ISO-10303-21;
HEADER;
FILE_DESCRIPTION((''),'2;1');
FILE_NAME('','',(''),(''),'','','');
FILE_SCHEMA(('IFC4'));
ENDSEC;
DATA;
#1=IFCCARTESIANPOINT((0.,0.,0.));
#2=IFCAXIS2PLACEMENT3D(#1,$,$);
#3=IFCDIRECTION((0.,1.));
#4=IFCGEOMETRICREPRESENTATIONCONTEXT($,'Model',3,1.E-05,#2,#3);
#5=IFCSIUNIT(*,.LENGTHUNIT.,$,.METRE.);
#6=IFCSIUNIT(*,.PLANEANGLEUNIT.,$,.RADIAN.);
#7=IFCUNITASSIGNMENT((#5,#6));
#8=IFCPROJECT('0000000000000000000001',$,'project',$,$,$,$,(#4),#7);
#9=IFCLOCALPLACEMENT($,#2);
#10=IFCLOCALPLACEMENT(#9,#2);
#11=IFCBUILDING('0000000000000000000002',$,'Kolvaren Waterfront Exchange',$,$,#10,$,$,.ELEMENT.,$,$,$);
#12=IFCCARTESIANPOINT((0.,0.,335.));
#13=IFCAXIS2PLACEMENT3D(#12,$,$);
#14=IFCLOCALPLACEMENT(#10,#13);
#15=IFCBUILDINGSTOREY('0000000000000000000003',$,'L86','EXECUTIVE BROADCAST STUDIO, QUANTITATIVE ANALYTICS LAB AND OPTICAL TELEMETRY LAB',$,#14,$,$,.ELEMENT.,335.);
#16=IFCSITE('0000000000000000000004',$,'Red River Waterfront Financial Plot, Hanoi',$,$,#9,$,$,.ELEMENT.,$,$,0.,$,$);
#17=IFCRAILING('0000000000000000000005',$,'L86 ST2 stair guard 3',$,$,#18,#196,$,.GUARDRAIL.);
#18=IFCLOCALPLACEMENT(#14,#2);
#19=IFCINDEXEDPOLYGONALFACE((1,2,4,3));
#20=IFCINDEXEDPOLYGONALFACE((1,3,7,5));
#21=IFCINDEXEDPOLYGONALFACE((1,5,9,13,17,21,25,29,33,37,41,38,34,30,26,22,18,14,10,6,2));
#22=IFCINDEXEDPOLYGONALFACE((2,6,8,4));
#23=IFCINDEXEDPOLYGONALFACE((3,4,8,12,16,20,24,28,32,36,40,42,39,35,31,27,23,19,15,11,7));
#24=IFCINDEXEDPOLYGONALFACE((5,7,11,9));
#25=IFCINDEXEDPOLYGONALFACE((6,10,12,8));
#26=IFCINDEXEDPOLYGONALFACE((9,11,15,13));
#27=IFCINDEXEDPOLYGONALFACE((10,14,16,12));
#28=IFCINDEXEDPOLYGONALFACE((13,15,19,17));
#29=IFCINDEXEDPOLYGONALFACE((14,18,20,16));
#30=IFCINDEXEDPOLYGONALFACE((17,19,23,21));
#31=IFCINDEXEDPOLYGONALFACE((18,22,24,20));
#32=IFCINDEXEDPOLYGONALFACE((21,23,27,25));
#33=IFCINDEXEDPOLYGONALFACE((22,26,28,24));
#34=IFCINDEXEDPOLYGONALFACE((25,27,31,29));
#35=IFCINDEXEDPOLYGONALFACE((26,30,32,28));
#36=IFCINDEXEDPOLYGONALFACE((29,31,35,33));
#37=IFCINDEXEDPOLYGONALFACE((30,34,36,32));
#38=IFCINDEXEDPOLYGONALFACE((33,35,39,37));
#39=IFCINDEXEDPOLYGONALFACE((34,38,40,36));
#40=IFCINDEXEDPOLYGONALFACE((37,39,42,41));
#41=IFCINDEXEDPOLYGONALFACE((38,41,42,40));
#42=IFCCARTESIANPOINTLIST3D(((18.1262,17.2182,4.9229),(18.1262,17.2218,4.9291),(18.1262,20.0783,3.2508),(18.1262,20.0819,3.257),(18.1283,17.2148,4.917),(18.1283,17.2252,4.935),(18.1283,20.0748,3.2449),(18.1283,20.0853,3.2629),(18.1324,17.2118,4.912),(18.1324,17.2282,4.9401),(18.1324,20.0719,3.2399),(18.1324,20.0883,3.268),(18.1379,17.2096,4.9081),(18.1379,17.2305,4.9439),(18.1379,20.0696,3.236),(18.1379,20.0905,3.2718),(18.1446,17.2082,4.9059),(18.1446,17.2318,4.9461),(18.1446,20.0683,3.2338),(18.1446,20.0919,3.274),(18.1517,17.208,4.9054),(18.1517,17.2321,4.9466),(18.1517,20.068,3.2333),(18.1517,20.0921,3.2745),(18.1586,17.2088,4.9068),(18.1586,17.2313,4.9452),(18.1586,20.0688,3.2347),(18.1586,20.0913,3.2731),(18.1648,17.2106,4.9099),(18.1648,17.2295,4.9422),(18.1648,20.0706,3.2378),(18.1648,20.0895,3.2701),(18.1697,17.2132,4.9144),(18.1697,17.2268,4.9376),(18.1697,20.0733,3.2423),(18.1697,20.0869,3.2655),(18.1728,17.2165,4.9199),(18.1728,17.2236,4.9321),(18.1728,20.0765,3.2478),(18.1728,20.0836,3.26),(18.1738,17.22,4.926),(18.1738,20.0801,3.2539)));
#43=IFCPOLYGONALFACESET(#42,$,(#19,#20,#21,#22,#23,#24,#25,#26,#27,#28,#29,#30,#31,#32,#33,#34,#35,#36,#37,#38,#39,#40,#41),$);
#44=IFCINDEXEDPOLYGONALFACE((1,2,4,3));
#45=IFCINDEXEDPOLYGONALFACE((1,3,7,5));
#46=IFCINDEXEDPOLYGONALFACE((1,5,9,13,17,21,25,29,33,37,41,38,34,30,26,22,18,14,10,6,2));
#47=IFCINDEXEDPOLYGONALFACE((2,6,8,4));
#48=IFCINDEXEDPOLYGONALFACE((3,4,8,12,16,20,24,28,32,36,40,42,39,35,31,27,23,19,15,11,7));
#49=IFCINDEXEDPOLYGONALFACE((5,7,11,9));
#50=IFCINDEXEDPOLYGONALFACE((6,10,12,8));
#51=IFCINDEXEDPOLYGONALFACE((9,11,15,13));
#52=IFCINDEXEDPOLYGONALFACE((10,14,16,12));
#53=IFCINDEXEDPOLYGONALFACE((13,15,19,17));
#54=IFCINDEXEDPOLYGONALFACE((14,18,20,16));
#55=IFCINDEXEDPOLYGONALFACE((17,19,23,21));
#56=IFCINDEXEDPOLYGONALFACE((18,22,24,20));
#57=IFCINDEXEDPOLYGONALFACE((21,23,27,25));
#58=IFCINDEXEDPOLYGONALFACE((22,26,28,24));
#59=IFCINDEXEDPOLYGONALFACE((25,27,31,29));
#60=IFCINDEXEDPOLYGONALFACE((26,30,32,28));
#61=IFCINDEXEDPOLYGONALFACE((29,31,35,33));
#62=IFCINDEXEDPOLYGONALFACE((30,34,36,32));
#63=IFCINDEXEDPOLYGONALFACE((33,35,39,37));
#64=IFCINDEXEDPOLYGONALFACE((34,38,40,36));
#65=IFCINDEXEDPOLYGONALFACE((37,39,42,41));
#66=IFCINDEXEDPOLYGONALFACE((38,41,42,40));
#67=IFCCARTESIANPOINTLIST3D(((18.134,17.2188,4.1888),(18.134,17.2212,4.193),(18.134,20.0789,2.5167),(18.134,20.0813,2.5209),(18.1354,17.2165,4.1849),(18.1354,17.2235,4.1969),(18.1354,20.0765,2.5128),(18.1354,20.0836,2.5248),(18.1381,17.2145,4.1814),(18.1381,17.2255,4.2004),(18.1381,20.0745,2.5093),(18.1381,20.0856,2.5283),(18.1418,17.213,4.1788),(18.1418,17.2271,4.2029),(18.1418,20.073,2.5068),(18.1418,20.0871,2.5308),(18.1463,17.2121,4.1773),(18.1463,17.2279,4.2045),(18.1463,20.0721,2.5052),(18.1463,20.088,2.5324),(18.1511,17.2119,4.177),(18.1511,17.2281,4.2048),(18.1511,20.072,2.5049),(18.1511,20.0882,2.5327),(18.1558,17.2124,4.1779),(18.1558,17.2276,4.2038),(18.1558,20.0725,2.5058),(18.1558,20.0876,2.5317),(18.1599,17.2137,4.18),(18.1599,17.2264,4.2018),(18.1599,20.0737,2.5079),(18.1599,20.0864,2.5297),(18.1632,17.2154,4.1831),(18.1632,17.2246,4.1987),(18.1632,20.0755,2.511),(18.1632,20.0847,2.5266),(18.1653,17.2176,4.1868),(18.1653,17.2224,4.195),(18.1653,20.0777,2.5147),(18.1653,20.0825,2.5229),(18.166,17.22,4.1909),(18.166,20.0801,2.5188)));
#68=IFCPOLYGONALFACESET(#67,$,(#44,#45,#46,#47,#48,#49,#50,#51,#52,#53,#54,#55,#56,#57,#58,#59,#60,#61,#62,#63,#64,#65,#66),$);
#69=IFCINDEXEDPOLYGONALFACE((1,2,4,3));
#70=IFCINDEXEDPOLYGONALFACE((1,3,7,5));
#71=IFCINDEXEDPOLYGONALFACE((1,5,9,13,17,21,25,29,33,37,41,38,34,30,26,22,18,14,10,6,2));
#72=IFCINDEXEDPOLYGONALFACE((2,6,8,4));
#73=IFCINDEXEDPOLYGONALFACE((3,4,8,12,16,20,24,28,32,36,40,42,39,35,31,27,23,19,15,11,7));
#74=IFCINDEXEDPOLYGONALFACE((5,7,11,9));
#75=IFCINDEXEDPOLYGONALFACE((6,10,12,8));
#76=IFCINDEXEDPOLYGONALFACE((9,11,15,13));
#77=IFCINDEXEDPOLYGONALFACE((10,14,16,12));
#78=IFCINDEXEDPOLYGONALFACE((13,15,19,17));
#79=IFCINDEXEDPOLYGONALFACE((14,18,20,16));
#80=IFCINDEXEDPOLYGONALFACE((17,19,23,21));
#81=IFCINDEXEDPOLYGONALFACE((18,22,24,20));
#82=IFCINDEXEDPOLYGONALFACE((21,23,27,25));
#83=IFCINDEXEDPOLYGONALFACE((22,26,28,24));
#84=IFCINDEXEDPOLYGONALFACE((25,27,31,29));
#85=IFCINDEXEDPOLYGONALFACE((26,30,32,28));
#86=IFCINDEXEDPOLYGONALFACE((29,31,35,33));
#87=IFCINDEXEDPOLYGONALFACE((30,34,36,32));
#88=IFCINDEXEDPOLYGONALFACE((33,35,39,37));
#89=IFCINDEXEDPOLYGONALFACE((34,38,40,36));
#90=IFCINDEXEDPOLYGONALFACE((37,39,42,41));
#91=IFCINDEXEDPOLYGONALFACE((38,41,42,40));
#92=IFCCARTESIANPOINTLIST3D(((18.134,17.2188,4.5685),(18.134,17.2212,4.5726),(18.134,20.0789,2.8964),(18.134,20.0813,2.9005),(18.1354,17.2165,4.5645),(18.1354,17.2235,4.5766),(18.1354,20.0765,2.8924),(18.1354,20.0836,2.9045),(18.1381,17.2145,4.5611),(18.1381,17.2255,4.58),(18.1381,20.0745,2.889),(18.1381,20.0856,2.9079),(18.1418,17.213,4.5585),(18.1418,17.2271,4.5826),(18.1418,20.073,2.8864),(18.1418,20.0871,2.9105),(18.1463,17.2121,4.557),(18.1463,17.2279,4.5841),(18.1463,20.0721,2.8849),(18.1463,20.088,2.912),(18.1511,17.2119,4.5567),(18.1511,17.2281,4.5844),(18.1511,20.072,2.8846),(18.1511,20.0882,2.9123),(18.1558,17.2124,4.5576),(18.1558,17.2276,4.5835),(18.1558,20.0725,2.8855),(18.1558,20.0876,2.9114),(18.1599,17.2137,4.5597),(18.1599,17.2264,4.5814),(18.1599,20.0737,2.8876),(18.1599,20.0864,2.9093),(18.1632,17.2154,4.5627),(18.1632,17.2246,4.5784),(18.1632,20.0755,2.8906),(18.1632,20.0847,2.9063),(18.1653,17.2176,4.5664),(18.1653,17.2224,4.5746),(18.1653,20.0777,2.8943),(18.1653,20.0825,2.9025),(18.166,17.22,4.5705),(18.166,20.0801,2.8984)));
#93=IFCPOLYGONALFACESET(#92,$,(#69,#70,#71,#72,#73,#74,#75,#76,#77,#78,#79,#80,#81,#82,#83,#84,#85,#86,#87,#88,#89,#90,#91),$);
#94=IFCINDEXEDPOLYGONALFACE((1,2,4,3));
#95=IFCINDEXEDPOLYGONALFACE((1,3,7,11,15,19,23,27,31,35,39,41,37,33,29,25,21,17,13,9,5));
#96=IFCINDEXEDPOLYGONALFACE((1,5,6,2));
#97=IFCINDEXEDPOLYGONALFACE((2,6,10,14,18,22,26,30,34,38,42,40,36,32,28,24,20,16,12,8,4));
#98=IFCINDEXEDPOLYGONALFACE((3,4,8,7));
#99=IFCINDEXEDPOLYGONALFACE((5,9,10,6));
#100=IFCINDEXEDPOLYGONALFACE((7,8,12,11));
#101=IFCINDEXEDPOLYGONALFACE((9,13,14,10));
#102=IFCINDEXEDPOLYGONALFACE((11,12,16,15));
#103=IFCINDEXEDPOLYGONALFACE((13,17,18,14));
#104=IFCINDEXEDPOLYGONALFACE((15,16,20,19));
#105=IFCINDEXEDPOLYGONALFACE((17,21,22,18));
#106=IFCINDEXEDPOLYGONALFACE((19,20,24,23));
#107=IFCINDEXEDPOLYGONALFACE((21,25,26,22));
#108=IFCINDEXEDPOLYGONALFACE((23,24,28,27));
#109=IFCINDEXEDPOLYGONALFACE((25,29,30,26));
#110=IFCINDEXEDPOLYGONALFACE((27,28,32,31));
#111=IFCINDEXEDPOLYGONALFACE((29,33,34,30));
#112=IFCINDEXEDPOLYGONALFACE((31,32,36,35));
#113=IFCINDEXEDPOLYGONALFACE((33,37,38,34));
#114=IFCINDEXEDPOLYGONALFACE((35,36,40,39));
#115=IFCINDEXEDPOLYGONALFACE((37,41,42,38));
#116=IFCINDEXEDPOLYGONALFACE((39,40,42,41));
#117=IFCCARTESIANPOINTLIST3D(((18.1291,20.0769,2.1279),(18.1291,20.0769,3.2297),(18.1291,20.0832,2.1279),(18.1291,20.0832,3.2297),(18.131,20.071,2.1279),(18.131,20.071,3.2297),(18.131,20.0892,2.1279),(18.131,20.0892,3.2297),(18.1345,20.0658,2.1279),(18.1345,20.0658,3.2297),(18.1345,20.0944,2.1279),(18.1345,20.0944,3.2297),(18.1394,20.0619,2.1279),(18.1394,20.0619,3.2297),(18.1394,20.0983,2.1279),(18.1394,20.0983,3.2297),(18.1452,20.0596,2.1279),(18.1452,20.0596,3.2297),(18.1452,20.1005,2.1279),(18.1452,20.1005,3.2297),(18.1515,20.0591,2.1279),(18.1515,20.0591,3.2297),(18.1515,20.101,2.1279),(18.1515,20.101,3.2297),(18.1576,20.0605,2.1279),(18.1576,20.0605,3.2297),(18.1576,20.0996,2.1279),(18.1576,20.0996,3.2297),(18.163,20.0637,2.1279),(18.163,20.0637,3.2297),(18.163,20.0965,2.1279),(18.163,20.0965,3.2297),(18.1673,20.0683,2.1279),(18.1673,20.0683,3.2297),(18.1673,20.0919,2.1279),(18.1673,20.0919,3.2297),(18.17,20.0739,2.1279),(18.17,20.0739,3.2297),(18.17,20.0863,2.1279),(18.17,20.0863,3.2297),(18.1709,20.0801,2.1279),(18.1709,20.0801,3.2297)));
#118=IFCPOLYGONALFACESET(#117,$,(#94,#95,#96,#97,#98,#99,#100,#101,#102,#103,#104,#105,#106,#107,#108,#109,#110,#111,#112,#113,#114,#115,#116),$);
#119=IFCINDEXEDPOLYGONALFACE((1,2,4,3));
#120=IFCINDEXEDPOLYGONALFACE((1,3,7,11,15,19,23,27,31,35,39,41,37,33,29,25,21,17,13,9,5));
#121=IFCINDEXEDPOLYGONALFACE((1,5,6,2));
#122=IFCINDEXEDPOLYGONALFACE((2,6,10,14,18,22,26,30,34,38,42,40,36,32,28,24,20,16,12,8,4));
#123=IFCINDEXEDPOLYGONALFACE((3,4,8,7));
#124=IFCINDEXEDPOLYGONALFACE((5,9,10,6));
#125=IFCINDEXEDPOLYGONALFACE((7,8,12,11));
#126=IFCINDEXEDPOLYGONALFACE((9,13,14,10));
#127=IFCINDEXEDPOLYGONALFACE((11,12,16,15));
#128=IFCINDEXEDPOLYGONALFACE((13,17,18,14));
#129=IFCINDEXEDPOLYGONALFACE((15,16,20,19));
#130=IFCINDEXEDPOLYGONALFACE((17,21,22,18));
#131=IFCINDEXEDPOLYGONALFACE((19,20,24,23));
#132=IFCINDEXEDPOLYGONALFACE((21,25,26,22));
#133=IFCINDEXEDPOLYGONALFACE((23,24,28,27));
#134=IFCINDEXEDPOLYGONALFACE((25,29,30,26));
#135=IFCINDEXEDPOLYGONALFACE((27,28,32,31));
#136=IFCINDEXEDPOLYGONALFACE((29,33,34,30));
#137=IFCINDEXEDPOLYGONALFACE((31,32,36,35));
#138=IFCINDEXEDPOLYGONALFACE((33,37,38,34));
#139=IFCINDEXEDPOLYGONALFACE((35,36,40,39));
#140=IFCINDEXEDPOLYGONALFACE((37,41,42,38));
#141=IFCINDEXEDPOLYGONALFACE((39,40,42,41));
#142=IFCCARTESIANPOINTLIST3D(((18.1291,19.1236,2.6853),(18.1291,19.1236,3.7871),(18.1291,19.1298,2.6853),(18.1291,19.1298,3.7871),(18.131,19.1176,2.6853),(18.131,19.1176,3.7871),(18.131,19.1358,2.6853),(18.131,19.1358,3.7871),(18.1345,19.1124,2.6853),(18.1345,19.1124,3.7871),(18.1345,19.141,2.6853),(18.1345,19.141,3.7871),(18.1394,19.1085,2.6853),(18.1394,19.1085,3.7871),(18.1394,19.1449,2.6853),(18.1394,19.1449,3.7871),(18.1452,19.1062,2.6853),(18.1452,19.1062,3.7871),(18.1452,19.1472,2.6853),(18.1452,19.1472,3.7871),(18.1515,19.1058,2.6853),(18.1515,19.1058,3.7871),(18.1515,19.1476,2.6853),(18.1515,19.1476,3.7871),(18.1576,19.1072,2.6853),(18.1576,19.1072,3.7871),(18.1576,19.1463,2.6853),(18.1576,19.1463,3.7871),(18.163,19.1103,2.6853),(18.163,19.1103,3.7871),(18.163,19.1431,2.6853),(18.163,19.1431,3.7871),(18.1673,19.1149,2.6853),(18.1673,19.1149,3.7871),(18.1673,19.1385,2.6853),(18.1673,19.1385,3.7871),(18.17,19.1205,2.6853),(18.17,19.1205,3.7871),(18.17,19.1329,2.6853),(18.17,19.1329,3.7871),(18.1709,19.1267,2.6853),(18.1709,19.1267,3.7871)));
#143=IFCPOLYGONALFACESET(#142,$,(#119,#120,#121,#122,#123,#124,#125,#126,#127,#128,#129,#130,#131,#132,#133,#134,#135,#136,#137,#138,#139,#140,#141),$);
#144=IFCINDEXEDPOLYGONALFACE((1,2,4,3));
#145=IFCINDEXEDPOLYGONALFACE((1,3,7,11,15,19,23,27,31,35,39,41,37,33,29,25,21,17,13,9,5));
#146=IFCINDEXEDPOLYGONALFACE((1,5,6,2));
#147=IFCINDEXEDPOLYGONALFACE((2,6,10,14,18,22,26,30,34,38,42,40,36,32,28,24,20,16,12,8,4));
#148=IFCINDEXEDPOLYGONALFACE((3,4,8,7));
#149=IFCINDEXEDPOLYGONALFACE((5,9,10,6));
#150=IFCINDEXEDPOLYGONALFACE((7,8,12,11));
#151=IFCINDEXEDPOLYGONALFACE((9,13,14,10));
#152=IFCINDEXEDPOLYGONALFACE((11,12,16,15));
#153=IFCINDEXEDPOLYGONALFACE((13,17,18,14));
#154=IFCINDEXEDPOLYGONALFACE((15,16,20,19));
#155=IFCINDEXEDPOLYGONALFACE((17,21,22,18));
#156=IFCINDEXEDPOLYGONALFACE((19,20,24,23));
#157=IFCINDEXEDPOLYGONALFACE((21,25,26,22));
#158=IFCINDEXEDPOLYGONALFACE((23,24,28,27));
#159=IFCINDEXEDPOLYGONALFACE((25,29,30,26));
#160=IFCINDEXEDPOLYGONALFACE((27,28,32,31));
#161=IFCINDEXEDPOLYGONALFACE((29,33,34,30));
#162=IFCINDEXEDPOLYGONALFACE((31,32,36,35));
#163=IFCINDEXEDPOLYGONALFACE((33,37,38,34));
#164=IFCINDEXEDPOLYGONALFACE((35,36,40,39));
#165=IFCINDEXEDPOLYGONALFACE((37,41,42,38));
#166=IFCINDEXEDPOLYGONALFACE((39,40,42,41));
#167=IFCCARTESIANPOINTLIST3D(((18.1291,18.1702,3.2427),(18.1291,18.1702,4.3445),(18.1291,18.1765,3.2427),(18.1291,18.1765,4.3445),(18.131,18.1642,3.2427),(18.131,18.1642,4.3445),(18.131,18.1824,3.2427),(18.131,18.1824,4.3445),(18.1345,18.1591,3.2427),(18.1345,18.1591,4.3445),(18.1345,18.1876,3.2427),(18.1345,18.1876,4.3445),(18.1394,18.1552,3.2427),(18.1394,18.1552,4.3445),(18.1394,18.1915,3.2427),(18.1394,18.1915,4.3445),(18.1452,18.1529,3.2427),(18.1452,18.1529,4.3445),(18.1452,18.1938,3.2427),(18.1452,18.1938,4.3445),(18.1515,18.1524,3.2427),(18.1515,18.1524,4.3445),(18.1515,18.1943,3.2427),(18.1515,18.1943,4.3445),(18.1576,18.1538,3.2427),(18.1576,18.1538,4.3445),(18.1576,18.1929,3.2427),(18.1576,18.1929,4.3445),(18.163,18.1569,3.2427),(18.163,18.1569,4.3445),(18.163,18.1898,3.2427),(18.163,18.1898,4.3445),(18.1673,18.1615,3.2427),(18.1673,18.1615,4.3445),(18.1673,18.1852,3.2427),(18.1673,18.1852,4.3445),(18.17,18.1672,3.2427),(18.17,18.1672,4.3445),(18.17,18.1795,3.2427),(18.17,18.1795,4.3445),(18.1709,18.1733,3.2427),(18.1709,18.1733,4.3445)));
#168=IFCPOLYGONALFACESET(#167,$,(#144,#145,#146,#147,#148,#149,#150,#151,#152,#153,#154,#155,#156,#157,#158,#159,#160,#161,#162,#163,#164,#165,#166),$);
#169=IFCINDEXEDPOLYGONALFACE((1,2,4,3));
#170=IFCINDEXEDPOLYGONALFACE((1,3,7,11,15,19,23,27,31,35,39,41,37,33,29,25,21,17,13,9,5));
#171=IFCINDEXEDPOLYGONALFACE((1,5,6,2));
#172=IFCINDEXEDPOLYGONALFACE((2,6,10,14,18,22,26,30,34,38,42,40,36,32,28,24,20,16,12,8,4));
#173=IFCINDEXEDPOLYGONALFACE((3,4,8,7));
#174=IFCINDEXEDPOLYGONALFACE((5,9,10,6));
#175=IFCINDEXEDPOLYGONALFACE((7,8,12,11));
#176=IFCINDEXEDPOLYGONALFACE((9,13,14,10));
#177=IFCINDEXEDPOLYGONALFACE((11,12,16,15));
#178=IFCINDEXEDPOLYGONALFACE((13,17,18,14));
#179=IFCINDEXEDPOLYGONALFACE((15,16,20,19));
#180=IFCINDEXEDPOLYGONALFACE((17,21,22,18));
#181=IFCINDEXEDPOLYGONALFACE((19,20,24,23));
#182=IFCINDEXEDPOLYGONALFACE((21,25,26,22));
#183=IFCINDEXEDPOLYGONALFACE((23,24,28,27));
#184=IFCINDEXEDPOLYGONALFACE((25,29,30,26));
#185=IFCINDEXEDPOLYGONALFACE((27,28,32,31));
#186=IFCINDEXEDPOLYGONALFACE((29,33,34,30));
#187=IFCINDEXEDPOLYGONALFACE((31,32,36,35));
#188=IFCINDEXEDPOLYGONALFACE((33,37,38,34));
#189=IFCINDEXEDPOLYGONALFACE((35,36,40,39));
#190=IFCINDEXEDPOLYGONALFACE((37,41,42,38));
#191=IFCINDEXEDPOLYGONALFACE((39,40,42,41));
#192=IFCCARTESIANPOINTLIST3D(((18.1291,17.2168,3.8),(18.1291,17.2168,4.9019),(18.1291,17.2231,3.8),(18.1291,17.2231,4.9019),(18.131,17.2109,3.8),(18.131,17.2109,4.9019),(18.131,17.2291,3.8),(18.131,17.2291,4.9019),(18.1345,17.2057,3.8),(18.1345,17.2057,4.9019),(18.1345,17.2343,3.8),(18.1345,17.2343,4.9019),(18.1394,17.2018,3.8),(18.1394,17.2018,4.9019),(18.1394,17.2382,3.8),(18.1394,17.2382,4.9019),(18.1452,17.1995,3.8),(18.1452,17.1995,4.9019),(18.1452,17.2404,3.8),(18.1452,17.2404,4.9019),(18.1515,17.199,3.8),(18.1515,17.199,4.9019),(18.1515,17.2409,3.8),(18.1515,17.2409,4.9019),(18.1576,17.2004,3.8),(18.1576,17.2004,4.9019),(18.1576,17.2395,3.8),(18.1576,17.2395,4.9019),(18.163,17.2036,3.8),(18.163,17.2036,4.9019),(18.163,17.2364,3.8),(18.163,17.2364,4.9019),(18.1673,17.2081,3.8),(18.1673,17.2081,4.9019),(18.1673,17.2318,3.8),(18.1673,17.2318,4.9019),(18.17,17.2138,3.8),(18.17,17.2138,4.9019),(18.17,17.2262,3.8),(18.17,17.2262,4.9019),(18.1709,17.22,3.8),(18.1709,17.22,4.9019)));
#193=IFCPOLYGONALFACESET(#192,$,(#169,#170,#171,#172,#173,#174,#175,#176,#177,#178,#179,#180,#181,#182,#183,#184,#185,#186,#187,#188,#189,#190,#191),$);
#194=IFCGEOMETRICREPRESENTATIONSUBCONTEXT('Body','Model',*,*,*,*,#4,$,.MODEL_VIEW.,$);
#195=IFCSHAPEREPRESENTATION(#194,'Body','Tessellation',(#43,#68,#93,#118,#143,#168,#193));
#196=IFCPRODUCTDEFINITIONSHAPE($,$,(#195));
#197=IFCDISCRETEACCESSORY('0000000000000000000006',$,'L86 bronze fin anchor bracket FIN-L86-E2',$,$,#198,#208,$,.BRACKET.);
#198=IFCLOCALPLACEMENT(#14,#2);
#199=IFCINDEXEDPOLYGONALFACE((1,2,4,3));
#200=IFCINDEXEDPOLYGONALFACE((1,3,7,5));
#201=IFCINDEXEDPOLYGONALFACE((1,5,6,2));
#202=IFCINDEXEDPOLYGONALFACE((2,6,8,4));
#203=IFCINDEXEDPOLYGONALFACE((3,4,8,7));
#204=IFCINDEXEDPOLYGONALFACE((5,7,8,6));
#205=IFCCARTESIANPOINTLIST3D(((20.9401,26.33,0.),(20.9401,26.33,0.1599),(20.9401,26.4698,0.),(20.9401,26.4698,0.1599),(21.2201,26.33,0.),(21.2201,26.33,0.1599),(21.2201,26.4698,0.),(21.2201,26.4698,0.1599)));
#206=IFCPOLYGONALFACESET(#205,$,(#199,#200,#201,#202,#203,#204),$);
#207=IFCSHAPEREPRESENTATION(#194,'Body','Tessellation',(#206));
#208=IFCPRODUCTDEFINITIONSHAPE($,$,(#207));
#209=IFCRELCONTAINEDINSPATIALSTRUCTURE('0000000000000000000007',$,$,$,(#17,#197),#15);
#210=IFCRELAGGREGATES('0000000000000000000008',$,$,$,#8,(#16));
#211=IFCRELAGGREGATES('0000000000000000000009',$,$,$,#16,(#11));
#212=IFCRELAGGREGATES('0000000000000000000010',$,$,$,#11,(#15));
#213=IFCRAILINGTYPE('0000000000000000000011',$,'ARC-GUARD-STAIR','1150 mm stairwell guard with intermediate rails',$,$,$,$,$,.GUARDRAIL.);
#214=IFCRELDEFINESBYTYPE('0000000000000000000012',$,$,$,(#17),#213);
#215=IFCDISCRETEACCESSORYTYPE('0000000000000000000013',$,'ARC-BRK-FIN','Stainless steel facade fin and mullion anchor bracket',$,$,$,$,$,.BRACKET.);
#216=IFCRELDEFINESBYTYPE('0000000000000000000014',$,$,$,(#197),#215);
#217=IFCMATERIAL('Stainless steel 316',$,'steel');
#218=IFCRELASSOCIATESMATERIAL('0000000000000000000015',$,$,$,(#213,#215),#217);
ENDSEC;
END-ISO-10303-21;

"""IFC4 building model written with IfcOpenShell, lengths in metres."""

from ifc_helpers import new_model, si_unit, direction, frame, origin, origin_with_axes, origin_2d, place, context, subcontext, project, spatial, rectangle, circle, extrude, source, transform, mapped, material, type_object, element, save


model = new_model("IFC4")

# Units and contexts
model_context = context("Model", 3, precision=1e-05, world=origin(), true_north=direction((0.0, 1.0)))
body_context = subcontext(model_context, "Body", "Model", "MODEL_VIEW")
ifc_project = project(units=[si_unit("LENGTHUNIT", "METRE"), si_unit("PLANEANGLEUNIT", "RADIAN")], contexts=[model_context])

# Site, building, storey
site_placement = place(None, origin())
site = spatial("IfcSite", under=ifc_project, at=site_placement, Name="Red River Waterfront Financial Plot, Hanoi", CompositionType="ELEMENT", RefElevation=0.0)
building_placement = place(site_placement, origin())
building = spatial("IfcBuilding", under=site, at=building_placement, Name="Kolvaren Waterfront Exchange", CompositionType="ELEMENT")
storey_placement = place(building_placement, frame((0.0, 0.0, 335.0)))
storey = spatial("IfcBuildingStorey", under=building, at=storey_placement, Name="L86", Description="EXECUTIVE BROADCAST STUDIO, QUANTITATIVE ANALYTICS LAB AND OPTICAL TELEMETRY LAB", CompositionType="ELEMENT", Elevation=335.0)

# Railing
ifc_material_1 = material(Name="Stainless steel 316", Category="steel")
railing_type = type_object("IfcRailingType", Name="ARC-GUARD-STAIR", Description="1150 mm stairwell guard with intermediate rails", PredefinedType="GUARDRAIL", material=ifc_material_1)
railing_1_placement = place(storey_placement, frame((18.1499, 20.0801, 2.1279)))
element("IfcRailing", 1, at=railing_1_placement, inside=storey, type_object=railing_type, Name="L86 ST2 stair guard 3", PredefinedType="GUARDRAIL", context=body_context, shape_type="SweptSolid", body=[
    extrude(circle(Radius=0.0239, at=origin_2d()), frame((0.0, 0.0, 1.126), z_axis=(0.0, -0.863289, 0.504709), x_axis=(1.0, 0.0, 0.0)), (0.0, 0.0, 1.0), 3.313),
    extrude(circle(Radius=0.0161, at=origin_2d()), frame((0.0, 0.0, 0.3909), z_axis=(0.0, -0.863289, 0.504709), x_axis=(1.0, 0.0, 0.0)), (0.0, 0.0, 1.0), 3.313),
    extrude(circle(Radius=0.0161, at=origin_2d()), frame((0.0, 0.0, 0.7705), z_axis=(0.0, -0.863289, 0.504709), x_axis=(1.0, 0.0, 0.0)), (0.0, 0.0, 1.0), 3.313),
    extrude(circle(Radius=0.021, at=origin_2d()), origin(), (0.0, 0.0, 1.0), 1.1018),
    extrude(circle(Radius=0.021, at=origin_2d()), frame((0.0, -0.9534, 0.5574)), (0.0, 0.0, 1.0), 1.1018),
    extrude(circle(Radius=0.021, at=origin_2d()), frame((0.0, -1.9067, 1.1147)), (0.0, 0.0, 1.0), 1.1018),
    extrude(circle(Radius=0.021, at=origin_2d()), frame((0.0, -2.8601, 1.6721)), (0.0, 0.0, 1.0), 1.1018),
])

# Discrete accessory
discrete_accessory_type = type_object("IfcDiscreteAccessoryType", Name="ARC-BRK-FIN", Description="Stainless steel facade fin and mullion anchor bracket", PredefinedType="BRACKET", material=ifc_material_1)
shared_shape_1 = source(origin_with_axes(), body_context, "Body", "SweptSolid", [
    extrude(rectangle(XDim=0.28, YDim=0.1399, at=origin_2d()), origin(), (0.0, 0.0, 1.0), 0.1599),
])
for number, where, z_axis, x_axis, name in (
    (2, (21.0801, 26.3999, 0.0), (0.0, 0.0, 1.0), (1.0, 0.0, 0.0), "L86 bronze fin anchor bracket FIN-L86-E2"),
):
    element("IfcDiscreteAccessory", number, at=place(storey_placement, frame(where, z_axis=z_axis, x_axis=x_axis)), inside=storey, type_object=discrete_accessory_type, Name=name, PredefinedType="BRACKET", context=body_context, shape_type="MappedRepresentation", body=[
        mapped(shared_shape_1, transform((0.0, 0.0, 0.0), x_axis=(1.0, 0.0, 0.0), y_axis=(0.0, 1.0, 0.0), z_axis=(0.0, 0.0, 1.0), scale=1.0)),
    ])

save(model, "model.ifc")
